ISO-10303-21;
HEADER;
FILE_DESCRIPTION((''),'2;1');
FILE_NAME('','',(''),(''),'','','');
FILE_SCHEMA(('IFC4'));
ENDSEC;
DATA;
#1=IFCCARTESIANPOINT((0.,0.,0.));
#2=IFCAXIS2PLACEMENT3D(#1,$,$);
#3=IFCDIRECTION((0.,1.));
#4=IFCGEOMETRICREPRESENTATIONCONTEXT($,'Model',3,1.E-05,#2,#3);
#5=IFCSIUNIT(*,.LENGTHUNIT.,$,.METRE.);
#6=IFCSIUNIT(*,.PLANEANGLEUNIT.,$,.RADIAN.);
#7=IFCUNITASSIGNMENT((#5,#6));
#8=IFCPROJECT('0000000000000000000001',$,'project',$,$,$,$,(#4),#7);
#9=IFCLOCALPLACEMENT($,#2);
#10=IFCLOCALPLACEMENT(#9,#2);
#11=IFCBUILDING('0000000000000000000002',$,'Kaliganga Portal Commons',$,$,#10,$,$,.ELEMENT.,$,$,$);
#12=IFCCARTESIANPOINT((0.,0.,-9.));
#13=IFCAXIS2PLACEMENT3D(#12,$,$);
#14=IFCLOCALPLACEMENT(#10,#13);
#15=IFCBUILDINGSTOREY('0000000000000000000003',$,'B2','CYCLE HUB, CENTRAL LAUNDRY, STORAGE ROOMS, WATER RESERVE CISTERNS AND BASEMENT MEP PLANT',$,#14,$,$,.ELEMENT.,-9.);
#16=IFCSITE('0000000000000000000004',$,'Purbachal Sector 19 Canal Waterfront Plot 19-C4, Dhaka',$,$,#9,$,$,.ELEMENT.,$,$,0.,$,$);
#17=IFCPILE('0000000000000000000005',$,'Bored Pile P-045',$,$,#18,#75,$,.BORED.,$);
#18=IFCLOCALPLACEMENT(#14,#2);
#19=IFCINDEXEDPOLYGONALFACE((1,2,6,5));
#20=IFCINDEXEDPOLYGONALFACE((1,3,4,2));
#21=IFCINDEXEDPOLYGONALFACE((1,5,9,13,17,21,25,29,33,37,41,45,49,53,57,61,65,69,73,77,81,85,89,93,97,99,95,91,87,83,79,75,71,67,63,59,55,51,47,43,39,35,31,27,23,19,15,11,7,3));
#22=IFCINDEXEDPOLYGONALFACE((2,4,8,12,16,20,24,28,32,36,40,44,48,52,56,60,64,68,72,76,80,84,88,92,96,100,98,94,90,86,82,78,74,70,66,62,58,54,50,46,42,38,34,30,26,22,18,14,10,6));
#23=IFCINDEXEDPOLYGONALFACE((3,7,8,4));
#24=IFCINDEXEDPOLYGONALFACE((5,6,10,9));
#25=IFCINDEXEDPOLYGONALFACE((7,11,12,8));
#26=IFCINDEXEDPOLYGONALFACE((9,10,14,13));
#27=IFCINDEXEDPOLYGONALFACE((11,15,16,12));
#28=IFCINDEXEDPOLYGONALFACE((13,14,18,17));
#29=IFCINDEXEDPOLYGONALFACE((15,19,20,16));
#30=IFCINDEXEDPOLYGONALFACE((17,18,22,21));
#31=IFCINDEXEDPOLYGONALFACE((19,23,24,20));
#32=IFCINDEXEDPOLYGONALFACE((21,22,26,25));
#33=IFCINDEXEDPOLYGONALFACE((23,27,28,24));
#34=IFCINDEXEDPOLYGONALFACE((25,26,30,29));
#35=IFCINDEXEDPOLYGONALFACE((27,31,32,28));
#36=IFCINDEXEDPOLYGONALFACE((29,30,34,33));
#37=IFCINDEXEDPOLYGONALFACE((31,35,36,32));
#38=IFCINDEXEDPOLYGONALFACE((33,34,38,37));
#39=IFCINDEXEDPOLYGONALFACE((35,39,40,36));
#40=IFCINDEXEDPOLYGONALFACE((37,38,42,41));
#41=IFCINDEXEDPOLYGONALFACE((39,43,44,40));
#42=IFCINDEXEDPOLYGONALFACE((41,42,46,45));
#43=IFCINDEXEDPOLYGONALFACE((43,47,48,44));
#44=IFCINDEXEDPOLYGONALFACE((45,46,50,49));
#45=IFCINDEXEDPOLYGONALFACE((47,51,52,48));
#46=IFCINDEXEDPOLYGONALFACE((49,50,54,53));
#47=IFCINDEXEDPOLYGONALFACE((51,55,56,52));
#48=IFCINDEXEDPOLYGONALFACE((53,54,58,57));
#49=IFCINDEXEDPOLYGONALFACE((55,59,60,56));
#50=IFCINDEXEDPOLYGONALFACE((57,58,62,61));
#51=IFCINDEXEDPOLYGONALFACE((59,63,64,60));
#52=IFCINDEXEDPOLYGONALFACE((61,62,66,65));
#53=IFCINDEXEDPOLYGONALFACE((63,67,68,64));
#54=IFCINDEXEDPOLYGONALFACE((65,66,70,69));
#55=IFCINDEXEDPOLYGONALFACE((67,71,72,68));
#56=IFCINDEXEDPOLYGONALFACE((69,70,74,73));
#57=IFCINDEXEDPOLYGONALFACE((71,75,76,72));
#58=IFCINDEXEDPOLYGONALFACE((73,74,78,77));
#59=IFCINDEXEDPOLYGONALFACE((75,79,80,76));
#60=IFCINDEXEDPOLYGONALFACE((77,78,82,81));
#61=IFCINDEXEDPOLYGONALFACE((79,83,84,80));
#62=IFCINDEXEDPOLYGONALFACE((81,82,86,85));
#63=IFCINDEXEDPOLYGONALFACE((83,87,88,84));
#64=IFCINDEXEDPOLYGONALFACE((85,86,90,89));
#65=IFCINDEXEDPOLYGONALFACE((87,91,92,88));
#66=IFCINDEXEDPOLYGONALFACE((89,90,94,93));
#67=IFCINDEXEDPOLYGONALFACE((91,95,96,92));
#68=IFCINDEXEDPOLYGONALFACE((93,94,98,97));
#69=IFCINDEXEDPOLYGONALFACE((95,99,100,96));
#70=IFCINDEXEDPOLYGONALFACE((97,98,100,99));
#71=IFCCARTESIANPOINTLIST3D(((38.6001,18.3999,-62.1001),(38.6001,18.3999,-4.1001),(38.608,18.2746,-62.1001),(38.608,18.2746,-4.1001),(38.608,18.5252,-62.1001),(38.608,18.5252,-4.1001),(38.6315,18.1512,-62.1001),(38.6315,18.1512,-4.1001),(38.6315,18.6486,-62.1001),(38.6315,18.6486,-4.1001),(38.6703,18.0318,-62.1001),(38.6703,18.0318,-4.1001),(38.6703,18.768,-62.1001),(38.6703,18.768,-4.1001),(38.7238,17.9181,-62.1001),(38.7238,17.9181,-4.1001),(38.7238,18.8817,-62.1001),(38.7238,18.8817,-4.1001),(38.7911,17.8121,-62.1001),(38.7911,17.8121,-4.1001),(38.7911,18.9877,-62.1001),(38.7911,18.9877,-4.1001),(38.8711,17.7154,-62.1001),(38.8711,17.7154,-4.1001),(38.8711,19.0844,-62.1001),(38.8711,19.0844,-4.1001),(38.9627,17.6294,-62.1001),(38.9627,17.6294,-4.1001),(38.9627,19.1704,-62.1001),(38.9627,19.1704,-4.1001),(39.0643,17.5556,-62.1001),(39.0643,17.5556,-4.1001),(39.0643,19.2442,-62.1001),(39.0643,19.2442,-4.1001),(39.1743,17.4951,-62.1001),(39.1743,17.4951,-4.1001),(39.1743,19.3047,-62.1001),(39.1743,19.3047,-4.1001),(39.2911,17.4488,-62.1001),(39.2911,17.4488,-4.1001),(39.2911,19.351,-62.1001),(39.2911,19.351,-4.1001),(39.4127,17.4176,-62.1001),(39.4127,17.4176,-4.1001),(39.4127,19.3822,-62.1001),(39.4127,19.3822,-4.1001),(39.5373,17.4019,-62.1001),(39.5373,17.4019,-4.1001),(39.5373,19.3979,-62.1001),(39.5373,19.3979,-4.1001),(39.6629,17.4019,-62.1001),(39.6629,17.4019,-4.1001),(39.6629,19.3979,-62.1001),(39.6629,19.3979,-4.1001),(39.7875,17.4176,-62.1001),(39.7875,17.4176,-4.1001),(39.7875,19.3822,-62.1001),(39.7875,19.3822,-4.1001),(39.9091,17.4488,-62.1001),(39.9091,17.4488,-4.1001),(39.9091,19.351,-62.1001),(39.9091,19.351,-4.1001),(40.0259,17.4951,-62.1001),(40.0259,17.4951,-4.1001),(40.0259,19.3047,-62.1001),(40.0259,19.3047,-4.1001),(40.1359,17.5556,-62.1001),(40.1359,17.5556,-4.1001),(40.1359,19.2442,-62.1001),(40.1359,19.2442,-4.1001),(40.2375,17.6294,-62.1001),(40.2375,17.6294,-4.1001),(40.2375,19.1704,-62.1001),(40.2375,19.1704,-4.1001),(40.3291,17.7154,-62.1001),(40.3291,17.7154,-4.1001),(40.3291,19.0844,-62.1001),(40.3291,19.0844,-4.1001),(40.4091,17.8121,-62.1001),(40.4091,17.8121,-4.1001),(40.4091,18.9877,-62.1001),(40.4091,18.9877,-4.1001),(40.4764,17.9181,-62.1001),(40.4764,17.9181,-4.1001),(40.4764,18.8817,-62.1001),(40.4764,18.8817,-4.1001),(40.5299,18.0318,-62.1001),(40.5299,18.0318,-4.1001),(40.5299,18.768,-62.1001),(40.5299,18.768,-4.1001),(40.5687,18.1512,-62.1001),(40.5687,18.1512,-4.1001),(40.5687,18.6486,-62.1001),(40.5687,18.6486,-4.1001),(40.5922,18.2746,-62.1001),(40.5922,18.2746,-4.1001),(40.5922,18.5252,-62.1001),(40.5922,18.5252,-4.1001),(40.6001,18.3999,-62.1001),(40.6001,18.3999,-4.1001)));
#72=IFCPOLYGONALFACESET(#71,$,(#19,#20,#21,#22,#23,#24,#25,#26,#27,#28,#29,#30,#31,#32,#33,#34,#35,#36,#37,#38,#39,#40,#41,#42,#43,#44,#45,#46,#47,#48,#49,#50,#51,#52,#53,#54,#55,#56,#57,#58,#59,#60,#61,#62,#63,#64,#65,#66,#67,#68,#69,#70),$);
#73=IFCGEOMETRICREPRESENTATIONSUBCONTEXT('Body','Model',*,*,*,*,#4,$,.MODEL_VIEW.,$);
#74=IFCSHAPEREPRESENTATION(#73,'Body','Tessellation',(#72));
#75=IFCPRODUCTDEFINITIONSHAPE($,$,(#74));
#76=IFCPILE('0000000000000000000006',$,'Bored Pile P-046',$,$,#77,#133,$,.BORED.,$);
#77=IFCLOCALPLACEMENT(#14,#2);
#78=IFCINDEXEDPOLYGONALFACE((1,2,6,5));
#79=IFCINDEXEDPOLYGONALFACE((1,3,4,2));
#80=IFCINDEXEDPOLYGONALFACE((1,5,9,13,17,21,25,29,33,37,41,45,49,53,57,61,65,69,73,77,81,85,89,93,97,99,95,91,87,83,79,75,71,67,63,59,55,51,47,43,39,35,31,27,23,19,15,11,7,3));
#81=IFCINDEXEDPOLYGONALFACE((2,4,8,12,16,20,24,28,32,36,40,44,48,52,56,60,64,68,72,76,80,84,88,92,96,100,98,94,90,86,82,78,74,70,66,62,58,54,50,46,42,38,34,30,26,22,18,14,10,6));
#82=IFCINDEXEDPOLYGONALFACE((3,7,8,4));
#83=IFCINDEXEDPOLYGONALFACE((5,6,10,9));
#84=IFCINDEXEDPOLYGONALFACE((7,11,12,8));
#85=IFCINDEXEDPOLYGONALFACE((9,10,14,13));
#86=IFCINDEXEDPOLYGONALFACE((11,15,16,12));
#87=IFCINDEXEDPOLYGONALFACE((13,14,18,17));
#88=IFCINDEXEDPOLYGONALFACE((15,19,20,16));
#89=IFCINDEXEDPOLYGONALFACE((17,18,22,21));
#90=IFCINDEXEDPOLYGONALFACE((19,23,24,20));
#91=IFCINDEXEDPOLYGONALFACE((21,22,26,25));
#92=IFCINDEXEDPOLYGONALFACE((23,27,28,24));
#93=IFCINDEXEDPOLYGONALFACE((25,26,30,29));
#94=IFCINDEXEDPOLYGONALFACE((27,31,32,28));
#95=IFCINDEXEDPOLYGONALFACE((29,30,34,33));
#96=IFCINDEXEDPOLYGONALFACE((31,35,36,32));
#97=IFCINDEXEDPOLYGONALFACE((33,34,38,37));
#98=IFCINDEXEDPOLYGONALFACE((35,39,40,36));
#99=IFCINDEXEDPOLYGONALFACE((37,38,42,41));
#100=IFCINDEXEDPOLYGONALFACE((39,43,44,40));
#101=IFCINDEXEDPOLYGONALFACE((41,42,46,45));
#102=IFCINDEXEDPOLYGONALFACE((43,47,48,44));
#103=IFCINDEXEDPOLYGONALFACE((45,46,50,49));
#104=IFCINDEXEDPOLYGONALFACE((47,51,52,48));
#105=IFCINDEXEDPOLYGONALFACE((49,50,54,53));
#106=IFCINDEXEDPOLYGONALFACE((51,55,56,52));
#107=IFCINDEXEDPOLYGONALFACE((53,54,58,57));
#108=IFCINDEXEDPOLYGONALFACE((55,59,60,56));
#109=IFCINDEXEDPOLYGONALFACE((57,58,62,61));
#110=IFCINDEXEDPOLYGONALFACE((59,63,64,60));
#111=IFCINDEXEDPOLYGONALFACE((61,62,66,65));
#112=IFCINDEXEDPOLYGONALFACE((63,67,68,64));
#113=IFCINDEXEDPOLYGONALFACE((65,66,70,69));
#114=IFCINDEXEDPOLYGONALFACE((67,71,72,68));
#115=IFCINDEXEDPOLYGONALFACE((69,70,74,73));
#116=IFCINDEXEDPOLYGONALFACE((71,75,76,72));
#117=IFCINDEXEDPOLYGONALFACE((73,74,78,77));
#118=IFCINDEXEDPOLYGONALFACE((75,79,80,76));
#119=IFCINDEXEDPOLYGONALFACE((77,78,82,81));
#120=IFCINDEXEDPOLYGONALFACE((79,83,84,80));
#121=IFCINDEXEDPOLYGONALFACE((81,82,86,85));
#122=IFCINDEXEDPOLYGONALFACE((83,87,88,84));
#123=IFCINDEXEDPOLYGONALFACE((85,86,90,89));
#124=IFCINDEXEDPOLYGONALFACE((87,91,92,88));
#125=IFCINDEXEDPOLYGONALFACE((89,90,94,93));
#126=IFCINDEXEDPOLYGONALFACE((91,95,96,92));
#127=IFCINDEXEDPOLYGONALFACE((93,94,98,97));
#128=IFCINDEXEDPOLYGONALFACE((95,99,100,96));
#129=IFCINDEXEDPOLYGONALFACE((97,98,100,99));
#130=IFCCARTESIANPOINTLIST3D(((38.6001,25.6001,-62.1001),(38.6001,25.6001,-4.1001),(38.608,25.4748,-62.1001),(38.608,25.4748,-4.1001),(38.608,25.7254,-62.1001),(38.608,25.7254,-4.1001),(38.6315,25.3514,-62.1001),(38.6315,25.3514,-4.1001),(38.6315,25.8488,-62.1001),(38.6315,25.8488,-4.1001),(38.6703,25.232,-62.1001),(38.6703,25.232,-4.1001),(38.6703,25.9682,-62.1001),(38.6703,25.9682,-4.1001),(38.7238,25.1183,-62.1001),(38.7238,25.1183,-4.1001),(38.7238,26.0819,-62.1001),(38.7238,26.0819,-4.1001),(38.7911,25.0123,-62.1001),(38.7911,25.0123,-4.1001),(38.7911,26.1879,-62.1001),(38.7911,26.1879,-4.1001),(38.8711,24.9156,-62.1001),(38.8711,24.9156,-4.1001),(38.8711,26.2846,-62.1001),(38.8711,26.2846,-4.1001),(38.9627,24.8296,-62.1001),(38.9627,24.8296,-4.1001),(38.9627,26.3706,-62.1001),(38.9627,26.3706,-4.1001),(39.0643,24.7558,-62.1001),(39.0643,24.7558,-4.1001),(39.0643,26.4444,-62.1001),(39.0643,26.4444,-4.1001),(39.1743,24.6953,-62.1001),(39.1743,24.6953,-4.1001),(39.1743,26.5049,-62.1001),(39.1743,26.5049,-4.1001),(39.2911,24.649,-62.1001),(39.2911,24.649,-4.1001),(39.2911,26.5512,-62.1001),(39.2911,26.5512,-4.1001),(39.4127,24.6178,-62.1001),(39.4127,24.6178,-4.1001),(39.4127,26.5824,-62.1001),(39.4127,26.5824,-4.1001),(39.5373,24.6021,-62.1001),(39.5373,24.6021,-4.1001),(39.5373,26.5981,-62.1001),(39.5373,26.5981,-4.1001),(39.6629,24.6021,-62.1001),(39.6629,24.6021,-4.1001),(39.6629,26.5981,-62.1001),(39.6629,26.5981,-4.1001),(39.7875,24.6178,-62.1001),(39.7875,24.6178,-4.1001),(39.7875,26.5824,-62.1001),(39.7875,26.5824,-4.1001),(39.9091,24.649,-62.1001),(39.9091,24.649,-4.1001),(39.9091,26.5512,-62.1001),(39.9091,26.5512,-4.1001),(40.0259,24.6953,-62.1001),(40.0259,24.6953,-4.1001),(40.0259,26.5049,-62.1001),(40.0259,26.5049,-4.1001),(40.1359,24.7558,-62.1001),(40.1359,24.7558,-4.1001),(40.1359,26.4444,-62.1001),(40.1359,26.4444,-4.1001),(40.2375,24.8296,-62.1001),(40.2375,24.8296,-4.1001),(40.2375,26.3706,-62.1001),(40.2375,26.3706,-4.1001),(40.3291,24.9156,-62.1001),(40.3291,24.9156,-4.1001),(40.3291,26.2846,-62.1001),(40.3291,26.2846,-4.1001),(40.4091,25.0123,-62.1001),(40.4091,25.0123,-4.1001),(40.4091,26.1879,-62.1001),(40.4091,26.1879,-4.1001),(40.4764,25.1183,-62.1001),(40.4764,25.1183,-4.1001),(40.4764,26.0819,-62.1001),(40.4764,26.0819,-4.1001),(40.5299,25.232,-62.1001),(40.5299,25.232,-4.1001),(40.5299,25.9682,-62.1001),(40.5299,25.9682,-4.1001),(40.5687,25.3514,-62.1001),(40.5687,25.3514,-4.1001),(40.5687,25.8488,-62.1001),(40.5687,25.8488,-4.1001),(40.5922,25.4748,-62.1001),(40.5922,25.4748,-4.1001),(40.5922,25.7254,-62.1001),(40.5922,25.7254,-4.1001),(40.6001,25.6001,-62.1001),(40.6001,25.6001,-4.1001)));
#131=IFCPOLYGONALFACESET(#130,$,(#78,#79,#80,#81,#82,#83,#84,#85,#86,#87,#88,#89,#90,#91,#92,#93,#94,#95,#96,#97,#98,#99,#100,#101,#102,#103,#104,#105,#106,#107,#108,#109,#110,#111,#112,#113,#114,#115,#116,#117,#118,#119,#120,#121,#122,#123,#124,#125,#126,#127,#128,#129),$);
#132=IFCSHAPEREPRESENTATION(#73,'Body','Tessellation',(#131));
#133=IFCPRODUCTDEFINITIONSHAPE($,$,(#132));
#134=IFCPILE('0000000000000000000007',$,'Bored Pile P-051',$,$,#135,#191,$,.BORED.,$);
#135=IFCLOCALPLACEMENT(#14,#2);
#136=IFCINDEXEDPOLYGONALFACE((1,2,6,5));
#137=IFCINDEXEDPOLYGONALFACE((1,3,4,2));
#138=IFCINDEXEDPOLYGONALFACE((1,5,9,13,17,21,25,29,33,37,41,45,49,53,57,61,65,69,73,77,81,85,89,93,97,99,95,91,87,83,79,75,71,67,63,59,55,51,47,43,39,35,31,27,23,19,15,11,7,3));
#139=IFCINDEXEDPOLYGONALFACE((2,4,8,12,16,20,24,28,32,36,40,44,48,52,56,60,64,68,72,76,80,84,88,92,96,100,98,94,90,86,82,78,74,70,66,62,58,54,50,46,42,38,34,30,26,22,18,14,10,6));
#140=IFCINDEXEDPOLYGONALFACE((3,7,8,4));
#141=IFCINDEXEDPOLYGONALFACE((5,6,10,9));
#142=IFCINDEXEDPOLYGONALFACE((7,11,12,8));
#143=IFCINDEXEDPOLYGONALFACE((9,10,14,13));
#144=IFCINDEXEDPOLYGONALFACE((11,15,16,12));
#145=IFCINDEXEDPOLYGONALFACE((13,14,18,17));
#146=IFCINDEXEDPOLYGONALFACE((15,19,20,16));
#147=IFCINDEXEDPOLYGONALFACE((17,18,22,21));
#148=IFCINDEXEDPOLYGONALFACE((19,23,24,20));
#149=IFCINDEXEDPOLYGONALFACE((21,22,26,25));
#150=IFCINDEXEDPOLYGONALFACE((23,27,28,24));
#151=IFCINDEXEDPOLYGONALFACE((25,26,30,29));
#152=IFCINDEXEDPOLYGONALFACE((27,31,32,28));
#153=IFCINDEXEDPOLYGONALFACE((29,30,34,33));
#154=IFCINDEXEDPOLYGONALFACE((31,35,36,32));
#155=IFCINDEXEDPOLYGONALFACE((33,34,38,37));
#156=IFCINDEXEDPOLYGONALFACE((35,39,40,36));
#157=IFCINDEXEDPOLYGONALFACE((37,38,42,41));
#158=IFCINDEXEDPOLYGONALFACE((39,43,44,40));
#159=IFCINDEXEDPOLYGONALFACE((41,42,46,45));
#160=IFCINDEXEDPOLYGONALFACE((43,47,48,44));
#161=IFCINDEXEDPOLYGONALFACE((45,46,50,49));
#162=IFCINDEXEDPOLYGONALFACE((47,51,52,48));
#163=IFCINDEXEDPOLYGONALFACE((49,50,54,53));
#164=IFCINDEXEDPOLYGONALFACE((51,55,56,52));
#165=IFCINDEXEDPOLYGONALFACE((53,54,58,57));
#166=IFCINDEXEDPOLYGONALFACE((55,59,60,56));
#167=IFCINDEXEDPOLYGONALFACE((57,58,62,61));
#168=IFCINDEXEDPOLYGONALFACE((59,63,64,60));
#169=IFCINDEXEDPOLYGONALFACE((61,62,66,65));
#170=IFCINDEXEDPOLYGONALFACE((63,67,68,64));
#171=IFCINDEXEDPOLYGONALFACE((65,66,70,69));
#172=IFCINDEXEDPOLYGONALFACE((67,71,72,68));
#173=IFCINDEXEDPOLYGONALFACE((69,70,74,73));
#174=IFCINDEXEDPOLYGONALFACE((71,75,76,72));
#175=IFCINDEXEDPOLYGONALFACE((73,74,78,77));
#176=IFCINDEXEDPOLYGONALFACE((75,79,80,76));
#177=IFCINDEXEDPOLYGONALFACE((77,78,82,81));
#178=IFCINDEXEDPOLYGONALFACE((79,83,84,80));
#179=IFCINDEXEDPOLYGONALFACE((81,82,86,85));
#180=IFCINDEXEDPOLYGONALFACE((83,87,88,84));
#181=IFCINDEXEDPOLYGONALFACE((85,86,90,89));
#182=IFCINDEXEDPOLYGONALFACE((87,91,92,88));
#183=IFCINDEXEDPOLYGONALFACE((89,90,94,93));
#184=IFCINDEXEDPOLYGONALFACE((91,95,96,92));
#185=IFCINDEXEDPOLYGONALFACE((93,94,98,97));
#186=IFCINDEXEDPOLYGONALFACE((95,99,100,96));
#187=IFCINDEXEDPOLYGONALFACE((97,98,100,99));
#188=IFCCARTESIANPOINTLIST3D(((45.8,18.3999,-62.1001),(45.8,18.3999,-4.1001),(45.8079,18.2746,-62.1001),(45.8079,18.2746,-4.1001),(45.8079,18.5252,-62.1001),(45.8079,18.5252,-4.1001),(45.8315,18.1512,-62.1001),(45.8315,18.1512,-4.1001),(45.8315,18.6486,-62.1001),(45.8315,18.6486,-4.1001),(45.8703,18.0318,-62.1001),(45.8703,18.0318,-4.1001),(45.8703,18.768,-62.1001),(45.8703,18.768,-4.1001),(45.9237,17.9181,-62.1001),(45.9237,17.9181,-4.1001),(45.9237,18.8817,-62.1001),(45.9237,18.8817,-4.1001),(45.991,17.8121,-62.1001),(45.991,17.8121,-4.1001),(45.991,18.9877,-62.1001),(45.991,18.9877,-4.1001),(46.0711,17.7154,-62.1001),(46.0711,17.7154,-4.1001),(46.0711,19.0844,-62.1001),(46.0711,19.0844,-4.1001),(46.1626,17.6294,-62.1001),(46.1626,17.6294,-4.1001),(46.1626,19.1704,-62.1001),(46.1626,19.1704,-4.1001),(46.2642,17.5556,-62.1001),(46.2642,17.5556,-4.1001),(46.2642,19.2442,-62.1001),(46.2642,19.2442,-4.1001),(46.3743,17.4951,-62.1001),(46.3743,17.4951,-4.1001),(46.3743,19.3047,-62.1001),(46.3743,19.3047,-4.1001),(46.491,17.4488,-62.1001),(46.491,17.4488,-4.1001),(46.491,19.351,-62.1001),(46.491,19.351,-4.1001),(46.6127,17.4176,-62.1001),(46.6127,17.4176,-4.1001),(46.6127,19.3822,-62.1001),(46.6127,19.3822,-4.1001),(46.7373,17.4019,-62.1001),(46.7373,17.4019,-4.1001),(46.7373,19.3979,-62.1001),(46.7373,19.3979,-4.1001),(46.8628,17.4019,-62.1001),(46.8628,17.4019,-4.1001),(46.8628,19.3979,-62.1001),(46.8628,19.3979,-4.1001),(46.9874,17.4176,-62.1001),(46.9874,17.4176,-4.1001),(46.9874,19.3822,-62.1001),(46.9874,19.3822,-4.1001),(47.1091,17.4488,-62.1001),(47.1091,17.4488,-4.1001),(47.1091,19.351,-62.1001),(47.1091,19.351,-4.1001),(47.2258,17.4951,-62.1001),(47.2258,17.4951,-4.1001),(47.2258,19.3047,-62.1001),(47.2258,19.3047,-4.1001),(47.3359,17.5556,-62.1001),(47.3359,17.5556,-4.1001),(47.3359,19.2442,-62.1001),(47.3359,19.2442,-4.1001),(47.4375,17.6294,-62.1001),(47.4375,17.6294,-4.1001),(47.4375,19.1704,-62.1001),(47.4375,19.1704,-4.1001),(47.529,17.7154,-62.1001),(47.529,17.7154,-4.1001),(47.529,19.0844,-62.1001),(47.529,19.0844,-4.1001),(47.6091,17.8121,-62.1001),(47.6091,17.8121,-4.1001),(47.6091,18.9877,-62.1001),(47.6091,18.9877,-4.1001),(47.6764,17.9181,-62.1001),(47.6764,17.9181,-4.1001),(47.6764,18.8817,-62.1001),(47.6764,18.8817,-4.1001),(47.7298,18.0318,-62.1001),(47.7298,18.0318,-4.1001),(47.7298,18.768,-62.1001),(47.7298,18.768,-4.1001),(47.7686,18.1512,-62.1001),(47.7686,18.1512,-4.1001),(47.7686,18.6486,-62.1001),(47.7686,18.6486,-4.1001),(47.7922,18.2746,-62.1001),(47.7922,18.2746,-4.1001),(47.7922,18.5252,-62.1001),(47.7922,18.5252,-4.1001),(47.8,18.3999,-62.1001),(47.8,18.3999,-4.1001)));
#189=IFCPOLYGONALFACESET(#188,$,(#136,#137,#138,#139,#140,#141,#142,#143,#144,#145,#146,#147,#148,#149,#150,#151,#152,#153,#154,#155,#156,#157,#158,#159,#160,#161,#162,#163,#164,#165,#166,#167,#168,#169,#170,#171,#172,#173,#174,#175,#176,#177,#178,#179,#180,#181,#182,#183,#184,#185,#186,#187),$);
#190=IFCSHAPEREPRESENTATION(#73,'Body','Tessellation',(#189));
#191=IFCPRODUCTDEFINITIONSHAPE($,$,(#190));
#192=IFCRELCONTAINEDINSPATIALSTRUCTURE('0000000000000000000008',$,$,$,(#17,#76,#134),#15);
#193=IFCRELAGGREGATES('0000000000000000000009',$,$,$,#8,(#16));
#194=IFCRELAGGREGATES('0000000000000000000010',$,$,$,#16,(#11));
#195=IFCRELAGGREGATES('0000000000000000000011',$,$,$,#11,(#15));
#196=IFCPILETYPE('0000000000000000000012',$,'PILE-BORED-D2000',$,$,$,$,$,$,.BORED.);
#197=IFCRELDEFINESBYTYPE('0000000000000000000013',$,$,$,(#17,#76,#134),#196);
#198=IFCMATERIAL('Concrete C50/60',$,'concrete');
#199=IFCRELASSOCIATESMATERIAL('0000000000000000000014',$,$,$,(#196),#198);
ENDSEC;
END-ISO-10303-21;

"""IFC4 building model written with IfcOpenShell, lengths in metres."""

from ifc_helpers import new_model, si_unit, direction, frame, origin, origin_2d, place, context, subcontext, project, spatial, circle, extrude, material, material_profile, profile_set, type_object, element, save


model = new_model("IFC4")

# Units and contexts
model_context = context("Model", 3, precision=1e-05, world=origin(), true_north=direction((0.0, 1.0)))
body_context = subcontext(model_context, "Body", "Model", "MODEL_VIEW")
ifc_project = project(units=[si_unit("LENGTHUNIT", "METRE"), si_unit("PLANEANGLEUNIT", "RADIAN")], contexts=[model_context])

# Site, building, storey
site_placement = place(None, origin())
site = spatial("IfcSite", under=ifc_project, at=site_placement, Name="Purbachal Sector 19 Canal Waterfront Plot 19-C4, Dhaka", CompositionType="ELEMENT", RefElevation=0.0)
building_placement = place(site_placement, origin())
building = spatial("IfcBuilding", under=site, at=building_placement, Name="Kaliganga Portal Commons", CompositionType="ELEMENT")
storey_placement = place(building_placement, frame((0.0, 0.0, -9.0)))
storey = spatial("IfcBuildingStorey", under=building, at=storey_placement, Name="B2", Description="CYCLE HUB, CENTRAL LAUNDRY, STORAGE ROOMS, WATER RESERVE CISTERNS AND BASEMENT MEP PLANT", CompositionType="ELEMENT", Elevation=-9.0)

# Piles
ifc_material_1 = material(Name="Concrete C50/60", Category="concrete")
ifc_material_profile_1 = material_profile(ifc_material_1, circle(Radius=1.0, at=origin_2d()), Name="PILE D2000")
ifc_profile_set_1 = profile_set([ifc_material_profile_1], Name="Concrete C50/60")
pile_type = type_object("IfcPileType", Name="PILE-BORED-D2000", PredefinedType="BORED", material=ifc_profile_set_1)
for number, where, z_axis, x_axis, name in (
    (1, (39.6001, 18.3999, -4.1001), (0.0, 0.0, -1.0), (1.0, 0.0, 0.0), "Bored Pile P-045"),
    (2, (39.6001, 25.6001, -4.1001), (0.0, 0.0, -1.0), (1.0, 0.0, 0.0), "Bored Pile P-046"),
    (3, (46.8, 18.3999, -4.1001), (0.0, 0.0, -1.0), (1.0, 0.0, 0.0), "Bored Pile P-051"),
):
    element("IfcPile", number, at=place(storey_placement, frame(where, z_axis=z_axis, x_axis=x_axis)), inside=storey, type_object=pile_type, Name=name, PredefinedType="BORED", context=body_context, shape_type="SweptSolid", body=[
        extrude(circle(Radius=1.0, at=origin_2d()), origin(), (0.0, 0.0, 1.0), 58.0),
    ])

save(model, "model.ifc")
